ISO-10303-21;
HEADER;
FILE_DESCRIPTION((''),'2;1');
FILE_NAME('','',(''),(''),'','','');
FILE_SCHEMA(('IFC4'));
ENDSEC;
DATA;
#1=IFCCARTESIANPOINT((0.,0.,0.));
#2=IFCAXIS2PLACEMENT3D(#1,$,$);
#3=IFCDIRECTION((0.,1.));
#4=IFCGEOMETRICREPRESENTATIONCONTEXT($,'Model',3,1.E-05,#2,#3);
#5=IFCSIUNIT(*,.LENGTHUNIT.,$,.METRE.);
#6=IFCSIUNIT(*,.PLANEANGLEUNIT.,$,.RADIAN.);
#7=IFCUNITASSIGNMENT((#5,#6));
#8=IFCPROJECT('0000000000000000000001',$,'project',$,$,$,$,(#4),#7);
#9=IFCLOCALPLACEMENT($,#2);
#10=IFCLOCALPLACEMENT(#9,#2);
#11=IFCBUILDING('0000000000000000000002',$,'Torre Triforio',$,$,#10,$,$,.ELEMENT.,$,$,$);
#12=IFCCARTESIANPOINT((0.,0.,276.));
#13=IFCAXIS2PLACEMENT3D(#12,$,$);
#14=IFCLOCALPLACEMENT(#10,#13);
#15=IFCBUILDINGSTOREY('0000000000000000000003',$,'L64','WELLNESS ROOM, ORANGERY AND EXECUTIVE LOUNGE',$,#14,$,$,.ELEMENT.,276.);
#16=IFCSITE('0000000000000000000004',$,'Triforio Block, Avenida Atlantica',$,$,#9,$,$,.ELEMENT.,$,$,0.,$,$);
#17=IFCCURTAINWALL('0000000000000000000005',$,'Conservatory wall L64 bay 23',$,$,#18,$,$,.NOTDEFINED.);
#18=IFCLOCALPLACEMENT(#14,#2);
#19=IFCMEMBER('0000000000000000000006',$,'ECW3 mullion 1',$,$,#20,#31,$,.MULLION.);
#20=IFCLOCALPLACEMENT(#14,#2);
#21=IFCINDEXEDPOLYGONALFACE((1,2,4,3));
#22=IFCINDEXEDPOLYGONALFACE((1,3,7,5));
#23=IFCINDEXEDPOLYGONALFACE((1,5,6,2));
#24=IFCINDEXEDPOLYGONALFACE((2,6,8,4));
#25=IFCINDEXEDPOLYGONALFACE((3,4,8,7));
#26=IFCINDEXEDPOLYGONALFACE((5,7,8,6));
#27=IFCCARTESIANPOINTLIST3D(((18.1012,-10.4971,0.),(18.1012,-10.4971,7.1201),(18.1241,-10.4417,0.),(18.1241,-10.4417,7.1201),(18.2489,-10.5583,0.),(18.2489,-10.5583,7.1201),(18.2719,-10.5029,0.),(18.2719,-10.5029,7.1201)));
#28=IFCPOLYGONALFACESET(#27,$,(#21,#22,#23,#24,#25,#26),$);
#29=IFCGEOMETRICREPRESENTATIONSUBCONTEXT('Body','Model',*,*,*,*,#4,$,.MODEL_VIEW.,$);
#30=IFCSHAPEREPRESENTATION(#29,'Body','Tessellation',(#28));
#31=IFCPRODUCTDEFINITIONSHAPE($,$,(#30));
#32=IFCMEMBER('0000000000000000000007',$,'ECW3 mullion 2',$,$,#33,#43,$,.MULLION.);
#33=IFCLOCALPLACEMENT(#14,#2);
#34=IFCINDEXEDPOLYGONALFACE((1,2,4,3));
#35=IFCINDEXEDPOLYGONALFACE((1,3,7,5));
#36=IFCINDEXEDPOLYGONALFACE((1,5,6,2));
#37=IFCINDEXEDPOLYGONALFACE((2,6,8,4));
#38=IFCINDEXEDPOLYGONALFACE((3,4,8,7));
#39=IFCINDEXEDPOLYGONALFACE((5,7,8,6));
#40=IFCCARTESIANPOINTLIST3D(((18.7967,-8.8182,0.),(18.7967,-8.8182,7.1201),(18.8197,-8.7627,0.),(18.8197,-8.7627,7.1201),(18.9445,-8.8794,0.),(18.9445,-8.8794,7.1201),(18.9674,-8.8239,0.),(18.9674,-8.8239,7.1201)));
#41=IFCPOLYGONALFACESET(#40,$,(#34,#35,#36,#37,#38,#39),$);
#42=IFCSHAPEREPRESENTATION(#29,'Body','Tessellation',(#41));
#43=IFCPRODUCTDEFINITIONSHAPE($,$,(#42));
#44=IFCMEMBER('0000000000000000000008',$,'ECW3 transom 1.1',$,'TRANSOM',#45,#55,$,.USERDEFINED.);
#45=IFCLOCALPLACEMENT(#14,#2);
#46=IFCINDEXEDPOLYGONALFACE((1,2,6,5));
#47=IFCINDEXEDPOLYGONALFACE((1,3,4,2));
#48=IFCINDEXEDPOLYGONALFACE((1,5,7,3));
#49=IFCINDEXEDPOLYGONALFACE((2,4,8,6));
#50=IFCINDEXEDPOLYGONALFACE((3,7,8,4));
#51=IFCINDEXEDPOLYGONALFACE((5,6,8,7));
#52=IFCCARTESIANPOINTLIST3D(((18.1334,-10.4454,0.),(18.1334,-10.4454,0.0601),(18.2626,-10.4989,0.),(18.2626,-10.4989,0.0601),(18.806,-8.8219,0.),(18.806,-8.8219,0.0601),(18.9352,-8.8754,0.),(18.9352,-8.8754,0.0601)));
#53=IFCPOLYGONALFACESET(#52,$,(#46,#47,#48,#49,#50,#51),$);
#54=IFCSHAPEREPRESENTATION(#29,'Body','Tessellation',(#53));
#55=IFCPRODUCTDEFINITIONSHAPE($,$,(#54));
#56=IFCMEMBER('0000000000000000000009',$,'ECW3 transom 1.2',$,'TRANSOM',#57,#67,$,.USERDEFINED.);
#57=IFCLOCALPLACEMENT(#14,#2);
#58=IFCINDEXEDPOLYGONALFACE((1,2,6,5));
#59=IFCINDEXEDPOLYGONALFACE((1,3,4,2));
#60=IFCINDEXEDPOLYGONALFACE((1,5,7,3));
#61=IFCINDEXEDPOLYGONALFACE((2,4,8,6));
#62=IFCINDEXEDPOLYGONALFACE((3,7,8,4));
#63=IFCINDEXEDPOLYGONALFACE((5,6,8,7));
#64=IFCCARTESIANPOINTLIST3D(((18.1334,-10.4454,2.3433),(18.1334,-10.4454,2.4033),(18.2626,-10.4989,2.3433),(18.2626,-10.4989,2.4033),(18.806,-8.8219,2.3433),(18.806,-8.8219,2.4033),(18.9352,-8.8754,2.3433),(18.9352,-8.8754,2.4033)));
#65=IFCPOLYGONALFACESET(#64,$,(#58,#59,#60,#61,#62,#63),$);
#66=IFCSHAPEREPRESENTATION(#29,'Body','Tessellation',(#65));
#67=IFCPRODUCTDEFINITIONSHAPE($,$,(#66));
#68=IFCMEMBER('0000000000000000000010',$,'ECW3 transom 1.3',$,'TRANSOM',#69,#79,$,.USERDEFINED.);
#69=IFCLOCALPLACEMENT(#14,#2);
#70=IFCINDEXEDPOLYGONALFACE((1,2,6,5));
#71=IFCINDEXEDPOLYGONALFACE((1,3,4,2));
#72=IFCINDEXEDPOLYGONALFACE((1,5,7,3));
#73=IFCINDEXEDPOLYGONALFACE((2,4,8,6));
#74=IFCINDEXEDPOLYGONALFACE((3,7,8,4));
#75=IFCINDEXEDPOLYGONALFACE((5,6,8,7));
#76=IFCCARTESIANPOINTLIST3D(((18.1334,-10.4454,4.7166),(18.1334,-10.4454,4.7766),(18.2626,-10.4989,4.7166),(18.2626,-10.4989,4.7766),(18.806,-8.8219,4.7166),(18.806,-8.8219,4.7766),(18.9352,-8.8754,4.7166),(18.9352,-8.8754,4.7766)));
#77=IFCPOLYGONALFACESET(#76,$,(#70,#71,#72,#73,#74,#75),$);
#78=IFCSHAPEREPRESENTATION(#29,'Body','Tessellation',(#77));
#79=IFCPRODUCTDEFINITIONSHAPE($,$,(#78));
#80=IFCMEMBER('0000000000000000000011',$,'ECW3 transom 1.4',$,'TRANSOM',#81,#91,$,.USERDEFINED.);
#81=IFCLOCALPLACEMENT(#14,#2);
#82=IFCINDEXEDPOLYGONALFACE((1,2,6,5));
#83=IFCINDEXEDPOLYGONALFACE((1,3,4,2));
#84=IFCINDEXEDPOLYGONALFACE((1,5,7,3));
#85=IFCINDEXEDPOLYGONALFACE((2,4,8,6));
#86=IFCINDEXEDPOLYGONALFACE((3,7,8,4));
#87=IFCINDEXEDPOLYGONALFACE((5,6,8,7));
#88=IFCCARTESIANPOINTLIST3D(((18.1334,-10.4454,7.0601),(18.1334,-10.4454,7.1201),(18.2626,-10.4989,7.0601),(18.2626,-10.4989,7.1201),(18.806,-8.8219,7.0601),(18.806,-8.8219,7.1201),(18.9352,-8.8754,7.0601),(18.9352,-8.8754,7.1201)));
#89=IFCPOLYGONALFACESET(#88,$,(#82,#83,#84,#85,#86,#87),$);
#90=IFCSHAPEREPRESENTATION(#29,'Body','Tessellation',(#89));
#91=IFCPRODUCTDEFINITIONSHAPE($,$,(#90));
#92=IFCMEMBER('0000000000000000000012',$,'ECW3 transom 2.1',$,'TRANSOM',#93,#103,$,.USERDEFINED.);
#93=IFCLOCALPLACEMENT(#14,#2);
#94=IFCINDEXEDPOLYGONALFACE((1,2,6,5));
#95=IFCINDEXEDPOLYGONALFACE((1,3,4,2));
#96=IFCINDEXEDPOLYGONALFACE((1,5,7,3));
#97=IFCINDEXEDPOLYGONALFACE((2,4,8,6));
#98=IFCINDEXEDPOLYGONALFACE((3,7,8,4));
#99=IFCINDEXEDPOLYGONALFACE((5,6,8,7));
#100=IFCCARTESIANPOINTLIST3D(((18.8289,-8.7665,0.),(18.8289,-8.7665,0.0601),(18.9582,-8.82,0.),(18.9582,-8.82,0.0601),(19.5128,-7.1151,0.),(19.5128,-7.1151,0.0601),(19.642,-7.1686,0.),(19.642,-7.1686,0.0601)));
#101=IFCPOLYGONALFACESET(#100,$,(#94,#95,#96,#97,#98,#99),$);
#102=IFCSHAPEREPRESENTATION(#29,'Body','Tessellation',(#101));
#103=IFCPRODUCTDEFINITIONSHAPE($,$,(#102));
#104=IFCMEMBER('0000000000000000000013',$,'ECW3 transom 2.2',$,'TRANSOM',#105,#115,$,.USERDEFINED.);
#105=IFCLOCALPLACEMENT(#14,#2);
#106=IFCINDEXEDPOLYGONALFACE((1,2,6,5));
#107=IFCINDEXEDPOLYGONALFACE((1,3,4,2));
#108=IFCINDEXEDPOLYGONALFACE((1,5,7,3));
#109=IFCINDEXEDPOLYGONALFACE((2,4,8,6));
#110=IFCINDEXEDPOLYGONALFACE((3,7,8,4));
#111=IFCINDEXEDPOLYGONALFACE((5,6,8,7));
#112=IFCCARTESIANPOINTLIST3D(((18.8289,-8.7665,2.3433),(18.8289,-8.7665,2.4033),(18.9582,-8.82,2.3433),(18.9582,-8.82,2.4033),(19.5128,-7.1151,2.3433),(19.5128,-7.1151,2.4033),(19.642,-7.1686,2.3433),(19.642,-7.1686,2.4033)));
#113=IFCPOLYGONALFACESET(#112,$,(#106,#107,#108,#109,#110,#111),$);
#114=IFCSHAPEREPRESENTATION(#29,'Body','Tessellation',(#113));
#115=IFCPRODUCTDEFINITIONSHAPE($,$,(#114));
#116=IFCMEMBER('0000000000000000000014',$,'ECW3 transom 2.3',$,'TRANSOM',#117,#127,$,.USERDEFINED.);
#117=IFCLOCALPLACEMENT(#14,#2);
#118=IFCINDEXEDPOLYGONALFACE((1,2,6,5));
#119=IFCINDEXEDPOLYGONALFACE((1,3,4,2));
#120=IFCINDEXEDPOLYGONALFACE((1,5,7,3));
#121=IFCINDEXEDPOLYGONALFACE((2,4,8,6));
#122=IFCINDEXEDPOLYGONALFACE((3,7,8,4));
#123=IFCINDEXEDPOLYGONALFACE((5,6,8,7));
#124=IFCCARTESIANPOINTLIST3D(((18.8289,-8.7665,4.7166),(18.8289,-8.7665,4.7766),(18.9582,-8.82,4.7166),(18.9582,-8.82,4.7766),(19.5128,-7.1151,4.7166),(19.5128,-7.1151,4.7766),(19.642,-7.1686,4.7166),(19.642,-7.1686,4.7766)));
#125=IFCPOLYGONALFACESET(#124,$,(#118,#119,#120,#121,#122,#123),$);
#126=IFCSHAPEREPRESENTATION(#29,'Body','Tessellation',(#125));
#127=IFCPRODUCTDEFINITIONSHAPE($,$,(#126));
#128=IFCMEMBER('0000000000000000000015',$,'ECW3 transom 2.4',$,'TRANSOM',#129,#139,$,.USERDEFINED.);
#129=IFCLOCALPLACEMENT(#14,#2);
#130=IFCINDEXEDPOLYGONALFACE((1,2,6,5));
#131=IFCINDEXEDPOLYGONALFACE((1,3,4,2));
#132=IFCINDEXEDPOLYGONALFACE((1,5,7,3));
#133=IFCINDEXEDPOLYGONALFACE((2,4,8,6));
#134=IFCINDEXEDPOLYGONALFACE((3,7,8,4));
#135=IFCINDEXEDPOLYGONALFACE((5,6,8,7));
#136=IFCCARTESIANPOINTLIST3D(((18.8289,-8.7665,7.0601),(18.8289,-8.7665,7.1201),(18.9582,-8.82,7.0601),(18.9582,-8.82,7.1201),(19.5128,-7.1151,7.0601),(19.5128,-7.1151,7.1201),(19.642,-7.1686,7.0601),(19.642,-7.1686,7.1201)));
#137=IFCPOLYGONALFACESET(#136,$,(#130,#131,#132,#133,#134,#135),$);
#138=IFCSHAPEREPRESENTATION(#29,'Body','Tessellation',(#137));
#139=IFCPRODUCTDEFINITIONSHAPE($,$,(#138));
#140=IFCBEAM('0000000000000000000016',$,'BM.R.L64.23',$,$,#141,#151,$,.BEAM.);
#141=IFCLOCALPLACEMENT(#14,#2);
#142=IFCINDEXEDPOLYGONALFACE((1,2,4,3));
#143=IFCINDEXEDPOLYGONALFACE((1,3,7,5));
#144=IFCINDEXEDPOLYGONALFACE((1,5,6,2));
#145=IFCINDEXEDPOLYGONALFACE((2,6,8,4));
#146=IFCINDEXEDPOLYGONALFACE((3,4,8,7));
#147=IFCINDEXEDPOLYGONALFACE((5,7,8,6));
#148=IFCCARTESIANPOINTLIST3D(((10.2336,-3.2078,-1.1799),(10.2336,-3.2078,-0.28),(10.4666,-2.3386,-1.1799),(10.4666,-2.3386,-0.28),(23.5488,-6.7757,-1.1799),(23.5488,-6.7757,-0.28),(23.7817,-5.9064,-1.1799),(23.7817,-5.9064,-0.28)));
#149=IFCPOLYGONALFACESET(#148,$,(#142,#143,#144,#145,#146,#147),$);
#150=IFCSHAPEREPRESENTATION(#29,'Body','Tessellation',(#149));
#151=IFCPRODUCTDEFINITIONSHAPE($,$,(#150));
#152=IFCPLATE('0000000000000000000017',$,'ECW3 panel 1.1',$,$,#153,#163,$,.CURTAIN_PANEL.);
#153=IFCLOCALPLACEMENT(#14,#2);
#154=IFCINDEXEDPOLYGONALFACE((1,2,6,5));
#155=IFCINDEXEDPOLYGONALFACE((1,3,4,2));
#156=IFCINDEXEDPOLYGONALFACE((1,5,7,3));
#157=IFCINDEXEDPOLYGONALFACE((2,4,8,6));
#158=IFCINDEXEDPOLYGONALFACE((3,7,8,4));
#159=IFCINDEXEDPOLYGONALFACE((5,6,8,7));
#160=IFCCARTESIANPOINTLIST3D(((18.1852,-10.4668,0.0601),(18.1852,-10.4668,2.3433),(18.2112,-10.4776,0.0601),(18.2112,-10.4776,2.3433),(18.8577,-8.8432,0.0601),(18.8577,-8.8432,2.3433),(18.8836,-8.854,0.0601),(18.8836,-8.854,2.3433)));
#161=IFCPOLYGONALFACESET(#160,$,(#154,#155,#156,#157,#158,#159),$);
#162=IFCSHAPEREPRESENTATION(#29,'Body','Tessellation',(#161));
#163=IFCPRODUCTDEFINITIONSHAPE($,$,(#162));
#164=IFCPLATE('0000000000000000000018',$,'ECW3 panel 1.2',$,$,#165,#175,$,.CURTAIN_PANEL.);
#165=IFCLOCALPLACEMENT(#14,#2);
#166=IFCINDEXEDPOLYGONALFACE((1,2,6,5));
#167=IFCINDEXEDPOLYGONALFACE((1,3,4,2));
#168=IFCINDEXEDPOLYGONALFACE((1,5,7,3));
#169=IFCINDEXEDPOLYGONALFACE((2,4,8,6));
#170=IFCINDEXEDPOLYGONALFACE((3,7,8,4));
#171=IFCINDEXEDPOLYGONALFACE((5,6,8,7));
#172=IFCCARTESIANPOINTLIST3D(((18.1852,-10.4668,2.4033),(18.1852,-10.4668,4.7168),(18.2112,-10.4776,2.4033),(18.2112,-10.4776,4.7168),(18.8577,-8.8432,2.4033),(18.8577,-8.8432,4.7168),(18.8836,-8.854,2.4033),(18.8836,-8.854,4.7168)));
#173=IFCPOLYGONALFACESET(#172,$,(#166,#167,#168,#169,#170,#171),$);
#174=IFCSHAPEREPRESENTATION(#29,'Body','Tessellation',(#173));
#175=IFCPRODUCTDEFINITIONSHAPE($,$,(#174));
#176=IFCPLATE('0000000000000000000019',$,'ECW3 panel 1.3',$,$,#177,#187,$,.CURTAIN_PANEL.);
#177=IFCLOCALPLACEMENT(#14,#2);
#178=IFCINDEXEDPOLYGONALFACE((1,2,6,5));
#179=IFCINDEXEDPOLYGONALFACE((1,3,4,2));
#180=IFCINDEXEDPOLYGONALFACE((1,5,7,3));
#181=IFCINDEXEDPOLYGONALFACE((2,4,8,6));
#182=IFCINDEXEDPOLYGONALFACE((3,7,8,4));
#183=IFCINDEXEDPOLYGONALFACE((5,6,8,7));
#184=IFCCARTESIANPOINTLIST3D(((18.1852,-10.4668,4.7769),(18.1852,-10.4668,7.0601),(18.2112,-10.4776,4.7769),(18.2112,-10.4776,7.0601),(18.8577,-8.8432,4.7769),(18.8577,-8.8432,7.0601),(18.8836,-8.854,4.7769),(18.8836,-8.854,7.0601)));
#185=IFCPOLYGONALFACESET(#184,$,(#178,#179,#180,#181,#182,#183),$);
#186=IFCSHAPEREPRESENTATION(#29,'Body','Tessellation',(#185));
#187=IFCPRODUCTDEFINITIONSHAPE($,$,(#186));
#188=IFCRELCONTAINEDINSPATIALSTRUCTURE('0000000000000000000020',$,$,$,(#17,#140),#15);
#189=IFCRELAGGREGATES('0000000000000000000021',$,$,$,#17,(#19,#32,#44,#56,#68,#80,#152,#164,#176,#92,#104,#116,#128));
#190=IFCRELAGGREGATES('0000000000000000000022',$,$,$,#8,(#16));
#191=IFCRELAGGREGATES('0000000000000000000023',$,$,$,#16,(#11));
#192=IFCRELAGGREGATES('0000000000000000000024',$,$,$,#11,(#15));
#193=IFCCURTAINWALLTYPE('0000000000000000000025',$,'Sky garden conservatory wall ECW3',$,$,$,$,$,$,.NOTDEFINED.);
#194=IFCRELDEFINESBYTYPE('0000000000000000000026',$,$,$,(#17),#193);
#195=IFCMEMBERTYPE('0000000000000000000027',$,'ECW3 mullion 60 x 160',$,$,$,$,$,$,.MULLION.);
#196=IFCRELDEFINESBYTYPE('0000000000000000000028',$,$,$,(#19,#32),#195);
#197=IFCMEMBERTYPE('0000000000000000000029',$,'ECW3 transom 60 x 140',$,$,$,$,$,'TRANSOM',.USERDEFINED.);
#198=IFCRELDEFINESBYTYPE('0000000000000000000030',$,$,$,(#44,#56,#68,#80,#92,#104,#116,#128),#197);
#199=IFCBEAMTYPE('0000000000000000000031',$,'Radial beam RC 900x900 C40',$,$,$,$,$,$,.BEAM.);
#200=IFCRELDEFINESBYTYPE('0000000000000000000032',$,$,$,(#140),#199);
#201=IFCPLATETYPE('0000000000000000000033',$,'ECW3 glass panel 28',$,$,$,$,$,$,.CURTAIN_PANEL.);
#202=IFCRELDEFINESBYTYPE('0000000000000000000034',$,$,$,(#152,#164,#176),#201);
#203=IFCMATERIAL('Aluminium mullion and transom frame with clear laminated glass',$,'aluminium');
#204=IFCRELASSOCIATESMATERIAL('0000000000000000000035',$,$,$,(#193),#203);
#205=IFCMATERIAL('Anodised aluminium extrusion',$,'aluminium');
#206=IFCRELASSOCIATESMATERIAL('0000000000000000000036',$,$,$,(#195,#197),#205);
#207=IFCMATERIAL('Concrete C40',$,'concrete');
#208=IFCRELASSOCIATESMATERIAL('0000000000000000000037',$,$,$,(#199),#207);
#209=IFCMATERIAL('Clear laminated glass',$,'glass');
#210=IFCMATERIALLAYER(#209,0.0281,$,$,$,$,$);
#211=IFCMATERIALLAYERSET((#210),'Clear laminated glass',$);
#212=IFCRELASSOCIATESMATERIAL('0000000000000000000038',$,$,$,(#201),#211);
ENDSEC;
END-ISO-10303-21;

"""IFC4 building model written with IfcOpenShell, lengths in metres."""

from ifc_helpers import new_model, si_unit, direction, frame, origin, origin_2d, place, context, subcontext, project, spatial, rectangle, extrude, material, layer, layer_set, material_profile, profile_set, type_object, element, aggregate, save


model = new_model("IFC4")

# Units and contexts
model_context = context("Model", 3, precision=1e-05, world=origin(), true_north=direction((0.0, 1.0)))
body_context = subcontext(model_context, "Body", "Model", "MODEL_VIEW")
ifc_project = project(units=[si_unit("LENGTHUNIT", "METRE"), si_unit("PLANEANGLEUNIT", "RADIAN")], contexts=[model_context])

# Site, building, storey
site_placement = place(None, origin())
site = spatial("IfcSite", under=ifc_project, at=site_placement, Name="Triforio Block, Avenida Atlantica", CompositionType="ELEMENT", RefElevation=0.0)
building_placement = place(site_placement, origin())
building = spatial("IfcBuilding", under=site, at=building_placement, Name="Torre Triforio", CompositionType="ELEMENT")
storey_placement = place(building_placement, frame((0.0, 0.0, 276.0)))
storey = spatial("IfcBuildingStorey", under=building, at=storey_placement, Name="L64", Description="WELLNESS ROOM, ORANGERY AND EXECUTIVE LOUNGE", CompositionType="ELEMENT", Elevation=276.0)

# Curtain wall, members
ifc_material_1 = material(Name="Aluminium mullion and transom frame with clear laminated glass", Category="aluminium")
curtain_wall_type = type_object("IfcCurtainWallType", Name="Sky garden conservatory wall ECW3", PredefinedType="NOTDEFINED", material=ifc_material_1)
curtain_wall_placement = place(storey_placement, origin())
curtain_wall = element("IfcCurtainWall", 1, at=curtain_wall_placement, inside=storey, type_object=curtain_wall_type, Name="Conservatory wall L64 bay 23", PredefinedType="NOTDEFINED")
ifc_material_2 = material(Name="Anodised aluminium extrusion", Category="aluminium")
ifc_material_profile_1 = material_profile(ifc_material_2, rectangle(XDim=0.1599, YDim=0.0601, at=origin_2d()), Name="ECW3 MULLION 60x160")
ifc_profile_set_1 = profile_set([ifc_material_profile_1], Name="Anodised aluminium extrusion")
member_type_1 = type_object("IfcMemberType", Name="ECW3 mullion 60 x 160", PredefinedType="MULLION", material=ifc_profile_set_1)
member_1_placement = place(storey_placement, frame((18.1865, -10.5, 0.0), z_axis=(0.0, 0.0, 1.0), x_axis=(-0.923883, 0.382675, 0.0)))
member_1 = element("IfcMember", 2, at=member_1_placement, type_object=member_type_1, Name="ECW3 mullion 1", PredefinedType="MULLION", context=body_context, shape_type="SweptSolid", body=[
    extrude(rectangle(XDim=0.1599, YDim=0.0601, at=origin_2d()), origin(), (0.0, 0.0, 1.0), 7.1201),
])
member_2_placement = place(storey_placement, frame((18.8821, -8.821, 0.0), z_axis=(0.0, 0.0, 1.0), x_axis=(-0.923883, 0.382675, 0.0)))
member_2 = element("IfcMember", 3, at=member_2_placement, type_object=member_type_1, Name="ECW3 mullion 2", PredefinedType="MULLION", context=body_context, shape_type="SweptSolid", body=[
    extrude(rectangle(XDim=0.1599, YDim=0.0601, at=origin_2d()), origin(), (0.0, 0.0, 1.0), 7.1201),
])
ifc_material_profile_2 = material_profile(ifc_material_2, rectangle(XDim=0.1399, YDim=0.0601, at=origin_2d()), Name="ECW3 TRANSOM 60x140")
ifc_profile_set_2 = profile_set([ifc_material_profile_2], Name="Anodised aluminium extrusion")
member_type_2 = type_object("IfcMemberType", Name="ECW3 transom 60 x 140", ElementType="TRANSOM", PredefinedType="USERDEFINED", material=ifc_profile_set_2)
member_3_placement = place(storey_placement, frame((18.198, -10.4722, 0.03), z_axis=(0.38274, 0.923856, 0.0), x_axis=(-0.923856, 0.38274, 0.0)))
member_3 = element("IfcMember", 4, at=member_3_placement, type_object=member_type_2, Name="ECW3 transom 1.1", ObjectType="TRANSOM", PredefinedType="USERDEFINED", context=body_context, shape_type="SweptSolid", body=[
    extrude(rectangle(XDim=0.1399, YDim=0.0601, at=origin_2d()), origin(), (0.0, 0.0, 1.0), 1.7573),
])
member_4_placement = place(storey_placement, frame((18.198, -10.4722, 2.3733), z_axis=(0.38274, 0.923856, 0.0), x_axis=(-0.923856, 0.38274, 0.0)))
member_4 = element("IfcMember", 5, at=member_4_placement, type_object=member_type_2, Name="ECW3 transom 1.2", ObjectType="TRANSOM", PredefinedType="USERDEFINED", context=body_context, shape_type="SweptSolid", body=[
    extrude(rectangle(XDim=0.1399, YDim=0.0601, at=origin_2d()), origin(), (0.0, 0.0, 1.0), 1.7573),
])
member_5_placement = place(storey_placement, frame((18.198, -10.4722, 4.7466), z_axis=(0.38274, 0.923856, 0.0), x_axis=(-0.923856, 0.38274, 0.0)))
member_5 = element("IfcMember", 6, at=member_5_placement, type_object=member_type_2, Name="ECW3 transom 1.3", ObjectType="TRANSOM", PredefinedType="USERDEFINED", context=body_context, shape_type="SweptSolid", body=[
    extrude(rectangle(XDim=0.1399, YDim=0.0601, at=origin_2d()), origin(), (0.0, 0.0, 1.0), 1.7573),
])
member_6_placement = place(storey_placement, frame((18.198, -10.4722, 7.0901), z_axis=(0.38274, 0.923856, 0.0), x_axis=(-0.923856, 0.38274, 0.0)))
member_6 = element("IfcMember", 7, at=member_6_placement, type_object=member_type_2, Name="ECW3 transom 1.4", ObjectType="TRANSOM", PredefinedType="USERDEFINED", context=body_context, shape_type="SweptSolid", body=[
    extrude(rectangle(XDim=0.1399, YDim=0.0601, at=origin_2d()), origin(), (0.0, 0.0, 1.0), 1.7573),
])
member_7_placement = place(storey_placement, frame((18.8936, -8.7932, 0.03), z_axis=(0.382597, 0.923915, 0.0), x_axis=(-0.923915, 0.382597, 0.0)))
member_7 = element("IfcMember", 8, at=member_7_placement, type_object=member_type_2, Name="ECW3 transom 2.1", ObjectType="TRANSOM", PredefinedType="USERDEFINED", context=body_context, shape_type="SweptSolid", body=[
    extrude(rectangle(XDim=0.1399, YDim=0.0601, at=origin_2d()), origin(), (0.0, 0.0, 1.0), 1.7874),
])
member_8_placement = place(storey_placement, frame((18.8936, -8.7932, 2.3733), z_axis=(0.382597, 0.923915, 0.0), x_axis=(-0.923915, 0.382597, 0.0)))
member_8 = element("IfcMember", 9, at=member_8_placement, type_object=member_type_2, Name="ECW3 transom 2.2", ObjectType="TRANSOM", PredefinedType="USERDEFINED", context=body_context, shape_type="SweptSolid", body=[
    extrude(rectangle(XDim=0.1399, YDim=0.0601, at=origin_2d()), origin(), (0.0, 0.0, 1.0), 1.7874),
])
member_9_placement = place(storey_placement, frame((18.8936, -8.7932, 4.7466), z_axis=(0.382597, 0.923915, 0.0), x_axis=(-0.923915, 0.382597, 0.0)))
member_9 = element("IfcMember", 10, at=member_9_placement, type_object=member_type_2, Name="ECW3 transom 2.3", ObjectType="TRANSOM", PredefinedType="USERDEFINED", context=body_context, shape_type="SweptSolid", body=[
    extrude(rectangle(XDim=0.1399, YDim=0.0601, at=origin_2d()), origin(), (0.0, 0.0, 1.0), 1.7874),
])
member_10_placement = place(storey_placement, frame((18.8936, -8.7932, 7.0901), z_axis=(0.382597, 0.923915, 0.0), x_axis=(-0.923915, 0.382597, 0.0)))
member_10 = element("IfcMember", 11, at=member_10_placement, type_object=member_type_2, Name="ECW3 transom 2.4", ObjectType="TRANSOM", PredefinedType="USERDEFINED", context=body_context, shape_type="SweptSolid", body=[
    extrude(rectangle(XDim=0.1399, YDim=0.0601, at=origin_2d()), origin(), (0.0, 0.0, 1.0), 1.7874),
])

# Beam
ifc_material_3 = material(Name="Concrete C40", Category="concrete")
ifc_material_profile_3 = material_profile(ifc_material_3, rectangle(XDim=0.8999, YDim=0.8999, at=origin_2d()), Name="RC 900x900")
ifc_profile_set_3 = profile_set([ifc_material_profile_3], Name="Concrete C40")
beam_type = type_object("IfcBeamType", Name="Radial beam RC 900x900 C40", PredefinedType="BEAM", material=ifc_profile_set_3)
beam_placement = place(storey_placement, frame((10.3501, -2.7732, -0.73), z_axis=(0.965924, -0.258824, 0.0), x_axis=(0.258824, 0.965924, 0.0)))
element("IfcBeam", 12, at=beam_placement, inside=storey, type_object=beam_type, Name="BM.R.L64.23", PredefinedType="BEAM", context=body_context, shape_type="SweptSolid", body=[
    extrude(rectangle(XDim=0.8999, YDim=0.8999, at=origin_2d()), origin(), (0.0, 0.0, 1.0), 13.7849),
])

# Plates
ifc_material_4 = material(Name="Clear laminated glass", Category="glass")
ifc_layer_1 = layer(ifc_material_4, 0.0281)
ifc_layer_set_1 = layer_set([ifc_layer_1], Name="Clear laminated glass")
plate_type = type_object("IfcPlateType", Name="ECW3 glass panel 28", PredefinedType="CURTAIN_PANEL", material=ifc_layer_set_1)
plate_1_placement = place(storey_placement, frame((18.5344, -9.6604, 0.0601), z_axis=(0.0, 0.0, 1.0), x_axis=(0.382675, 0.923883, 0.0)))
plate_1 = element("IfcPlate", 13, at=plate_1_placement, type_object=plate_type, Name="ECW3 panel 1.1", PredefinedType="CURTAIN_PANEL", context=body_context, shape_type="SweptSolid", body=[
    extrude(rectangle(XDim=1.7573, YDim=0.0281, at=origin_2d()), origin(), (0.0, 0.0, 1.0), 2.2832),
])
plate_2_placement = place(storey_placement, frame((18.5344, -9.6604, 2.4033), z_axis=(0.0, 0.0, 1.0), x_axis=(0.382675, 0.923883, 0.0)))
plate_2 = element("IfcPlate", 14, at=plate_2_placement, type_object=plate_type, Name="ECW3 panel 1.2", PredefinedType="CURTAIN_PANEL", context=body_context, shape_type="SweptSolid", body=[
    extrude(rectangle(XDim=1.7573, YDim=0.0281, at=origin_2d()), origin(), (0.0, 0.0, 1.0), 2.3135),
])
plate_3_placement = place(storey_placement, frame((18.5344, -9.6604, 4.7769), z_axis=(0.0, 0.0, 1.0), x_axis=(0.382675, 0.923883, 0.0)))
plate_3 = element("IfcPlate", 15, at=plate_3_placement, type_object=plate_type, Name="ECW3 panel 1.3", PredefinedType="CURTAIN_PANEL", context=body_context, shape_type="SweptSolid", body=[
    extrude(rectangle(XDim=1.7573, YDim=0.0281, at=origin_2d()), origin(), (0.0, 0.0, 1.0), 2.2832),
])
aggregate(curtain_wall, [member_1, member_2, member_3, member_4, member_5, member_6, plate_1, plate_2, plate_3, member_7, member_8, member_9, member_10])

save(model, "model.ifc")
